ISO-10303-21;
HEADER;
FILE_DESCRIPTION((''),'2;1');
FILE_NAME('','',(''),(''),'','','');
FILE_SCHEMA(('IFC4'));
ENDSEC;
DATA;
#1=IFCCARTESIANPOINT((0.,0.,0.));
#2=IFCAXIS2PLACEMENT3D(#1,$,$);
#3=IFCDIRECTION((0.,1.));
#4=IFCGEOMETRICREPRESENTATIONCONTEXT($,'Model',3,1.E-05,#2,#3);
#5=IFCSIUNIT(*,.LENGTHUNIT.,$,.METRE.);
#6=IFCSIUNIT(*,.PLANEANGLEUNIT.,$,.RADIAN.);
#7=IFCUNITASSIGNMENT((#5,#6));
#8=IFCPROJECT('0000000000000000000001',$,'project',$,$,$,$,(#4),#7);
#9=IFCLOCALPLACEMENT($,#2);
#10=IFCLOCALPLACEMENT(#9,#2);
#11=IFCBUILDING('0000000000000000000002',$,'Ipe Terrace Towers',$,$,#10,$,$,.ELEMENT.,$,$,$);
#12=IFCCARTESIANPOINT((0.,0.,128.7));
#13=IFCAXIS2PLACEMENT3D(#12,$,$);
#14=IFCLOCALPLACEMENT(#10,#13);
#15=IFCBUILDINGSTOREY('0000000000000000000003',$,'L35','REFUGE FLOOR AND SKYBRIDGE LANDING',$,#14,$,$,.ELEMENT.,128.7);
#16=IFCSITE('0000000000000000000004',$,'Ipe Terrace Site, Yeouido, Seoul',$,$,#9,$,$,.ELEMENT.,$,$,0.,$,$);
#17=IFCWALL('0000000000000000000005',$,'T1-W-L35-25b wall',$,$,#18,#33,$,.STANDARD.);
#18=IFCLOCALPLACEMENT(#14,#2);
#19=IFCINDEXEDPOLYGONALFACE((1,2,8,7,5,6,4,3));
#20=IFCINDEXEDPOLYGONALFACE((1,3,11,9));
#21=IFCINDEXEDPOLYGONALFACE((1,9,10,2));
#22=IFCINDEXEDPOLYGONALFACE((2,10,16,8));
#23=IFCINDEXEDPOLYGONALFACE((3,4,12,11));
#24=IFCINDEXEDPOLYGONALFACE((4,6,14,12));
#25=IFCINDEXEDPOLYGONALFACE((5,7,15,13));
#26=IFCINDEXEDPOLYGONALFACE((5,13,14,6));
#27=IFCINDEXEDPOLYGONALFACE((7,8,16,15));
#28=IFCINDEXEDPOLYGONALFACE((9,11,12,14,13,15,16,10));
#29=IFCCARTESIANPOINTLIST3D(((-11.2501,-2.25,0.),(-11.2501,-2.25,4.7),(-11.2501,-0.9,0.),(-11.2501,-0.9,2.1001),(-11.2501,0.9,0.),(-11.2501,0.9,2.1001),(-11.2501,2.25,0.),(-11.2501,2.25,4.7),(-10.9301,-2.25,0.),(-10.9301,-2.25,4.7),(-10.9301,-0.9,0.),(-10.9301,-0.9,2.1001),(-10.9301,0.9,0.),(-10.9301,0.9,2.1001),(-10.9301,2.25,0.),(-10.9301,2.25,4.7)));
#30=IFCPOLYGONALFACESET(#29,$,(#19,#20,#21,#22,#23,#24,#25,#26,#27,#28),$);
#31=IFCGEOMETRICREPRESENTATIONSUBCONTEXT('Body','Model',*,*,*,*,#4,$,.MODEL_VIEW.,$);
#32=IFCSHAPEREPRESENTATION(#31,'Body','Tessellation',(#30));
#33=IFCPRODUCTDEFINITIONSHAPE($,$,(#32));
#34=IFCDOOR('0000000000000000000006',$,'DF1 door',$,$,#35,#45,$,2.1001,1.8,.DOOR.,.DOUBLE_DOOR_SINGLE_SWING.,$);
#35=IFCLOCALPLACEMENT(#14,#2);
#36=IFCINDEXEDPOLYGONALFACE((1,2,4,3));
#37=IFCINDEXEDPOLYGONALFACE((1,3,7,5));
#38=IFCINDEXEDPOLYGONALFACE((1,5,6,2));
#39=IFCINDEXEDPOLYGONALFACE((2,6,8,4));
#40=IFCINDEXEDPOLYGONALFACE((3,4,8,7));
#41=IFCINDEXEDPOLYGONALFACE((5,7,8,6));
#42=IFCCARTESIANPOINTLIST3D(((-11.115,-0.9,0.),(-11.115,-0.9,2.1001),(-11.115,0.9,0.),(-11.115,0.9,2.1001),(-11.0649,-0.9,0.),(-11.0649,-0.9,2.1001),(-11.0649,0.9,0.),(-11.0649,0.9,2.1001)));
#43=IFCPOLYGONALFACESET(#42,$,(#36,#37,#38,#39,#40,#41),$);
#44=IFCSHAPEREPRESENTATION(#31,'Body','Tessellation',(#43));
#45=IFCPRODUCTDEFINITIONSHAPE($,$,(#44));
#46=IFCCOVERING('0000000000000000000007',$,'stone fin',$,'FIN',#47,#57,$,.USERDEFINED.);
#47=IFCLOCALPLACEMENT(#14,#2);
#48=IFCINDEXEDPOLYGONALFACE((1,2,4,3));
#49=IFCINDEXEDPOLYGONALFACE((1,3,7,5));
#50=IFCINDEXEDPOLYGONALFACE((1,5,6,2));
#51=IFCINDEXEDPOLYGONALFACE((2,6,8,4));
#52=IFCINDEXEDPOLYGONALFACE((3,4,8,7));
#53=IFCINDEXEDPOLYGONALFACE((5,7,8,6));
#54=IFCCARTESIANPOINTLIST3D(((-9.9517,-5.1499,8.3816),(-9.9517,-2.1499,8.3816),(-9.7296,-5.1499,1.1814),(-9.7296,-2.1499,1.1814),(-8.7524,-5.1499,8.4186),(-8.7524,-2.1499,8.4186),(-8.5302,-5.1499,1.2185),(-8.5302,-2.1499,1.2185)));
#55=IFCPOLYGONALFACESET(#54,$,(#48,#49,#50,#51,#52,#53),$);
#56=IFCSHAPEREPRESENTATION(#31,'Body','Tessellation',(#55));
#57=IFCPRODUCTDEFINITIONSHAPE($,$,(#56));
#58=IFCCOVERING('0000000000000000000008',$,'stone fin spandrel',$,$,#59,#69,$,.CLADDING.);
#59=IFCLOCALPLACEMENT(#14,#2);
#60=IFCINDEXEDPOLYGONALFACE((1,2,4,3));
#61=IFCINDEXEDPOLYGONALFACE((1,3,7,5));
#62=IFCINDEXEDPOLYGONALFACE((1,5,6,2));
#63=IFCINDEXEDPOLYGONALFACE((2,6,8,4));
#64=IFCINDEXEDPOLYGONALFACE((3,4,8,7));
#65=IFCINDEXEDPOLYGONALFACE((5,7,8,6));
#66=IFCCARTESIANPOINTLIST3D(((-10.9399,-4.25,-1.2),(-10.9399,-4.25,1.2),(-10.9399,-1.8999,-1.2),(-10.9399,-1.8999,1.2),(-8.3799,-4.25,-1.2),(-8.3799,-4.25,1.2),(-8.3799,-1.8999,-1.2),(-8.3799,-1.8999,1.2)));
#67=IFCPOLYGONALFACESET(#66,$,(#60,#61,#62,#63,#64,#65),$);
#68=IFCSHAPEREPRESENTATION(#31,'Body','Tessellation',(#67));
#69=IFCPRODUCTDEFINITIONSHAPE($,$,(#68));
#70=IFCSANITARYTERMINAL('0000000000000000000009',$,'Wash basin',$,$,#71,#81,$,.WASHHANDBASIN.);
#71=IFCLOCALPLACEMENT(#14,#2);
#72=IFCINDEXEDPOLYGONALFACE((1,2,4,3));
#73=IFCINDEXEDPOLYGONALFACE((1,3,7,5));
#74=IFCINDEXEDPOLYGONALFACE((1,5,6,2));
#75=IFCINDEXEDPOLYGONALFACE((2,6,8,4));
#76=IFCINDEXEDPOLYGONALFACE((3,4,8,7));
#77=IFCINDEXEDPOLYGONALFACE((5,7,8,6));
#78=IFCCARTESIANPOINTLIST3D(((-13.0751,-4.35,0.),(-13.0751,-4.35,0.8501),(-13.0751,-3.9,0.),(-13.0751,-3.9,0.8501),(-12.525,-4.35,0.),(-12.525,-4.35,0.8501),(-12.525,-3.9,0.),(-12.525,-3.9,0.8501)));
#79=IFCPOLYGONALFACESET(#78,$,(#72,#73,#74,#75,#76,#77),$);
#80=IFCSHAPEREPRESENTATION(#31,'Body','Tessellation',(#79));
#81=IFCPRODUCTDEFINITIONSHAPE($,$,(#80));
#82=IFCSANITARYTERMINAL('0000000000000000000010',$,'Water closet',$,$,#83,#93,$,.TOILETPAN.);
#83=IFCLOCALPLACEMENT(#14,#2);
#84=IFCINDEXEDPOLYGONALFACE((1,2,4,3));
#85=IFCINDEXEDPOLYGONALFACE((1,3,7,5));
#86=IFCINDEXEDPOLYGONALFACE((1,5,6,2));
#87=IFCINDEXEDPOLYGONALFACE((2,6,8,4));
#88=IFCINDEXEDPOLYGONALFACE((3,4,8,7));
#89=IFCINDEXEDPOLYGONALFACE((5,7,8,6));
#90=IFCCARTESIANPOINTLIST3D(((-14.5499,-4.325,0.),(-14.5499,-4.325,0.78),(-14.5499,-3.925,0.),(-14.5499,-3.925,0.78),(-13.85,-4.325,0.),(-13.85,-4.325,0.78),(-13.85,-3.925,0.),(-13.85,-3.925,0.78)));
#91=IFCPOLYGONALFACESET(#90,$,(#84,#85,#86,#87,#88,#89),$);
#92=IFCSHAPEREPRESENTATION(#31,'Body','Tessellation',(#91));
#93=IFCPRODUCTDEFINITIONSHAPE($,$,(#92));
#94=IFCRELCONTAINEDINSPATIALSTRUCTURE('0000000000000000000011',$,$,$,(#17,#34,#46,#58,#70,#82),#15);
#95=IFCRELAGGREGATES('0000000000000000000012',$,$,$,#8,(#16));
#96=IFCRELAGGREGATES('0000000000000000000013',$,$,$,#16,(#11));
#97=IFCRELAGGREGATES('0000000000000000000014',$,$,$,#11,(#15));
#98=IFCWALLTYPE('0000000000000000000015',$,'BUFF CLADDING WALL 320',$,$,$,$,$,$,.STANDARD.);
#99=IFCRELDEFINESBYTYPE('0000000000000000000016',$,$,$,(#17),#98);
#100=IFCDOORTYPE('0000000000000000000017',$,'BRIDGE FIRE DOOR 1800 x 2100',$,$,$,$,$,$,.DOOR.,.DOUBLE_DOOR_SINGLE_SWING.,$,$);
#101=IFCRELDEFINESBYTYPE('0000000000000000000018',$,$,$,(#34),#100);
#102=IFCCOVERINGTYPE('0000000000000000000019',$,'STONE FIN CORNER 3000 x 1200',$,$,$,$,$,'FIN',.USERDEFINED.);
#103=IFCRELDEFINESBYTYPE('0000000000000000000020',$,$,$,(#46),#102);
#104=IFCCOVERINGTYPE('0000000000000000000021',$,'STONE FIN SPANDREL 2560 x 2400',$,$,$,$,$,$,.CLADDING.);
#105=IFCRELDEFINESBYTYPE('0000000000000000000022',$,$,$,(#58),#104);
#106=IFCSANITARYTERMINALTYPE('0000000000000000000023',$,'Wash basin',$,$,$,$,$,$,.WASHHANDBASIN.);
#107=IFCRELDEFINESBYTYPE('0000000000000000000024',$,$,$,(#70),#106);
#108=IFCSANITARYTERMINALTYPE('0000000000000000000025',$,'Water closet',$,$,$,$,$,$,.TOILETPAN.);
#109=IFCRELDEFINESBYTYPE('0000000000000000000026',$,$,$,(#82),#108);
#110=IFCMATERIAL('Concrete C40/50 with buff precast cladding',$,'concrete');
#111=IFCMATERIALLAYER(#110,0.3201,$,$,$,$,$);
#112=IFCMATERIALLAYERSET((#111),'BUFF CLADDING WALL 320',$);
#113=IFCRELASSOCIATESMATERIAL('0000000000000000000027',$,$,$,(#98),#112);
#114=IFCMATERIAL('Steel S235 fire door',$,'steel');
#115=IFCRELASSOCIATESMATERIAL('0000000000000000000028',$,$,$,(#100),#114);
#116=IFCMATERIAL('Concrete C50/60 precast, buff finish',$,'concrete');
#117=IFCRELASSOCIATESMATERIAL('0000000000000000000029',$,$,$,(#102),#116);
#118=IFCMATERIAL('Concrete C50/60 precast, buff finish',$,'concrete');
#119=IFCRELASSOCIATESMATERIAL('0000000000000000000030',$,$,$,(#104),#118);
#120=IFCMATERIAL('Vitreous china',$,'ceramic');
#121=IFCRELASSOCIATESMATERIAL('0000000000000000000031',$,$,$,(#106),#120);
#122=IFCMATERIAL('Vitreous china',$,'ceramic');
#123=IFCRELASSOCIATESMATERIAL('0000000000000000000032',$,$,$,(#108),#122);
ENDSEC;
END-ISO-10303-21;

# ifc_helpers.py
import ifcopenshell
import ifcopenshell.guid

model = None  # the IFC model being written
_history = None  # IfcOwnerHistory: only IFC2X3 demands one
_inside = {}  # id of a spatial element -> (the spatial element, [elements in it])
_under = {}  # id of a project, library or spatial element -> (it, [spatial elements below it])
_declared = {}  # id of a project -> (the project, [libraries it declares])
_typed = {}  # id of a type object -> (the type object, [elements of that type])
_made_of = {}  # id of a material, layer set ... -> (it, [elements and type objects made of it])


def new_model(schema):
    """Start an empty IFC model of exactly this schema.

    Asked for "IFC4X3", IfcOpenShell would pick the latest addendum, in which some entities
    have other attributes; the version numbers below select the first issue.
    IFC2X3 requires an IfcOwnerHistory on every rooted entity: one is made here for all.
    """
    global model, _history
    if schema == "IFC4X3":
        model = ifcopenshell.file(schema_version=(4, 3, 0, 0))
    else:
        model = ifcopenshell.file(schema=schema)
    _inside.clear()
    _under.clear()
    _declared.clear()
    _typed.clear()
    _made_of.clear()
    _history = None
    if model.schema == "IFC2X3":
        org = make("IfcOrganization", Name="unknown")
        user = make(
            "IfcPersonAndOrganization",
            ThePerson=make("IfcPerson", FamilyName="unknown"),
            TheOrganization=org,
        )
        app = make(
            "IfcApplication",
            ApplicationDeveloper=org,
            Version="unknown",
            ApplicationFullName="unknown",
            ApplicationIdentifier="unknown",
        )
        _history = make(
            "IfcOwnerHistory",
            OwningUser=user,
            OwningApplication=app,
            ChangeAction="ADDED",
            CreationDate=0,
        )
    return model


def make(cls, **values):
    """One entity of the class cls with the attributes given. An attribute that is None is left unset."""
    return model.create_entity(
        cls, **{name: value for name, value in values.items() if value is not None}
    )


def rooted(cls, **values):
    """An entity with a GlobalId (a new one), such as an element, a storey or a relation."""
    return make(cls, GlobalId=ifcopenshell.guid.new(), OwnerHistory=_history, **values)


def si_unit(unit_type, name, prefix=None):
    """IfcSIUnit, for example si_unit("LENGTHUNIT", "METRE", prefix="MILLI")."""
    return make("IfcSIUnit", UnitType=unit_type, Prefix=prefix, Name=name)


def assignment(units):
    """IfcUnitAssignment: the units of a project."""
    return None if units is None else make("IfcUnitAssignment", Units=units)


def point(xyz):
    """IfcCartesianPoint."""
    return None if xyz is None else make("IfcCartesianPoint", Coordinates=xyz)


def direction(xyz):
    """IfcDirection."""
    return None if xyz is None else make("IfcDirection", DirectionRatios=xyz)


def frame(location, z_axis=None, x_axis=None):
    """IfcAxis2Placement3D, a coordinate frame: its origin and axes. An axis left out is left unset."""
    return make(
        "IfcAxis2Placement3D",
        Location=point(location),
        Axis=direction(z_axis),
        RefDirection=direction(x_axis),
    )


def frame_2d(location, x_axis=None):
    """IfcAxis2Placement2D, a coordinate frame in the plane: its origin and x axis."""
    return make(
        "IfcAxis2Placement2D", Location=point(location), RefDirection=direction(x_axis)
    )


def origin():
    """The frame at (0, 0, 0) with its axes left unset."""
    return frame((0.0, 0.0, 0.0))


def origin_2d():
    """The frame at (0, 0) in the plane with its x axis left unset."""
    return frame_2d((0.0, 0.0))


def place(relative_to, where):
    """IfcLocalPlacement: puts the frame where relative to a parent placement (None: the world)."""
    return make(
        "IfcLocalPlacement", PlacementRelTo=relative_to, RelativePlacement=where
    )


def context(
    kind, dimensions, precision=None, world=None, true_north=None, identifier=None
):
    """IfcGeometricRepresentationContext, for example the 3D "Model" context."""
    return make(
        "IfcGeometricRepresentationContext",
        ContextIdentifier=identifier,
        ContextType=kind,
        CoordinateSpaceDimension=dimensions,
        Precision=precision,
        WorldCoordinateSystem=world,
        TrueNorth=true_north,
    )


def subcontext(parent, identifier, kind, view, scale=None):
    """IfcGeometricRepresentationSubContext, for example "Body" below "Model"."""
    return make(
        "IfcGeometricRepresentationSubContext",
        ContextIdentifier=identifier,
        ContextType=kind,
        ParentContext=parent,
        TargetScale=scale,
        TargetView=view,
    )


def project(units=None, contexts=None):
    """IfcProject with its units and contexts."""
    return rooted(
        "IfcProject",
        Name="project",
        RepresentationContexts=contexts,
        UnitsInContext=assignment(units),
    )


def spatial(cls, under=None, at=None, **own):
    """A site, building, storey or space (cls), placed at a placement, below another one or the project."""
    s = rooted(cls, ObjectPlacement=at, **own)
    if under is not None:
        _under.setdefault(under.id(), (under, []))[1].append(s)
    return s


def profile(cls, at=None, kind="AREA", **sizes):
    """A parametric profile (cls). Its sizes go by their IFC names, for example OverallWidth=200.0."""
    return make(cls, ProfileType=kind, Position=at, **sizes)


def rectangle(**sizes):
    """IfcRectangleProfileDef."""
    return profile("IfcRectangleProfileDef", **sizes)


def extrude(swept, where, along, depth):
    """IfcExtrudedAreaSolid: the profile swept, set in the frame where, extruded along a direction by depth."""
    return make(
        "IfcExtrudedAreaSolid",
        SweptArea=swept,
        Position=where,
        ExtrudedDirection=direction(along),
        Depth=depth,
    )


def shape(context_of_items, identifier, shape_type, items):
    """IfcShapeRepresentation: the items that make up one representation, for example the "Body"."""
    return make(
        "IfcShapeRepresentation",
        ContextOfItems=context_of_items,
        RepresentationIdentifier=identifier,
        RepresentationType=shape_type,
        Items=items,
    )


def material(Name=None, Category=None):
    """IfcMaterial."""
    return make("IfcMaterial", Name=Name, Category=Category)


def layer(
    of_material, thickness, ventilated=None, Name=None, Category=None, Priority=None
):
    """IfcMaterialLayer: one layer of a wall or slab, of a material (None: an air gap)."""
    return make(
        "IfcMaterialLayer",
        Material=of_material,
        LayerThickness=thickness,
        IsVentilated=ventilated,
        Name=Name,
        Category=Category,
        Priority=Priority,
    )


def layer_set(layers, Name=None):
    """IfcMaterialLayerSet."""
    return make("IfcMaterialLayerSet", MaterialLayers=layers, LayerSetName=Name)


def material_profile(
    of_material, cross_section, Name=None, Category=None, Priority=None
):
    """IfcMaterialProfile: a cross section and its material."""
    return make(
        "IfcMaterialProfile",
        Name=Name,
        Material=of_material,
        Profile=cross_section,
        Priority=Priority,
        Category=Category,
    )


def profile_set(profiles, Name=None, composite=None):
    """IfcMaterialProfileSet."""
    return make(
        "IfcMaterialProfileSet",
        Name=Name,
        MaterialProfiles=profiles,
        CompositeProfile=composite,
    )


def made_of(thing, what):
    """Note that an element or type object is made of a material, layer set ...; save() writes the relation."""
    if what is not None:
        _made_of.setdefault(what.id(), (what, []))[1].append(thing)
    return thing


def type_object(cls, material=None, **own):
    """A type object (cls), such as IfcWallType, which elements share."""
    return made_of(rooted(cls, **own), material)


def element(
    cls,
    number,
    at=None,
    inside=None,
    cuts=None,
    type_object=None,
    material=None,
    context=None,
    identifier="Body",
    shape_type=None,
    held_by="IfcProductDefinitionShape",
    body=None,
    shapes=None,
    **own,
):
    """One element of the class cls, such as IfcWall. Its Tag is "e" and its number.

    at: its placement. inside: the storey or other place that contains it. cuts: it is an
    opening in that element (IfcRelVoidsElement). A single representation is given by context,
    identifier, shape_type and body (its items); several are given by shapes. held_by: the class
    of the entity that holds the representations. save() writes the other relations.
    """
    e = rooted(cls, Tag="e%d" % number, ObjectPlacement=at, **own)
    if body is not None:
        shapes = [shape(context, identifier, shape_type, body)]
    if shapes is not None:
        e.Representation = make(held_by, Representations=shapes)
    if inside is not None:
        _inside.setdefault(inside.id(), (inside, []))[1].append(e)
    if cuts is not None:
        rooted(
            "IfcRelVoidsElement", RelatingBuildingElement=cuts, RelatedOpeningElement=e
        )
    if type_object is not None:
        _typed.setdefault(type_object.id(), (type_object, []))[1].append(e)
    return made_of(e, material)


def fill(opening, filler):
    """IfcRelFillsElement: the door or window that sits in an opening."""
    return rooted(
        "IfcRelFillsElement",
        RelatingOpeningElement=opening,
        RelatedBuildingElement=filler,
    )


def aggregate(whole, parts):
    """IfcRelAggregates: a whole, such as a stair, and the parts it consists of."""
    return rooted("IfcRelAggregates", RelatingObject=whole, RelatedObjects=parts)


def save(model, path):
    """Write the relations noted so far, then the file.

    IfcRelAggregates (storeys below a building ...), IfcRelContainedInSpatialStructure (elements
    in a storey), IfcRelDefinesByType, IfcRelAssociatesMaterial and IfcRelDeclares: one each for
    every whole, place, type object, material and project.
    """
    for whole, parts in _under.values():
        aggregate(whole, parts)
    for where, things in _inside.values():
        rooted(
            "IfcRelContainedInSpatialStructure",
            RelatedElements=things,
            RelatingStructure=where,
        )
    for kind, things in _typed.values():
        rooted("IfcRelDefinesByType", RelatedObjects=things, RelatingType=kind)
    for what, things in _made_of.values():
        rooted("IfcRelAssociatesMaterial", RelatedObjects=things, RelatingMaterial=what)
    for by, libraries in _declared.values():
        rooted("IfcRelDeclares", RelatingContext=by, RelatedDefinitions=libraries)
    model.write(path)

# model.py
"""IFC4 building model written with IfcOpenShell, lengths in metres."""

from ifc_helpers import new_model, si_unit, direction, frame, frame_2d, origin, origin_2d, place, context, subcontext, project, spatial, rectangle, extrude, material, layer, layer_set, material_profile, profile_set, type_object, element, fill, save


model = new_model("IFC4")

# Units and contexts
model_context = context("Model", 3, precision=1e-05, world=origin(), true_north=direction((0.0, 1.0)))
body_context = subcontext(model_context, "Body", "Model", "MODEL_VIEW")
ifc_project = project(units=[si_unit("LENGTHUNIT", "METRE"), si_unit("PLANEANGLEUNIT", "RADIAN")], contexts=[model_context])

# Site, building, storey
site_placement = place(None, origin())
site = spatial("IfcSite", under=ifc_project, at=site_placement, Name="Ipe Terrace Site, Yeouido, Seoul", CompositionType="ELEMENT", RefElevation=0.0)
building_placement = place(site_placement, origin())
building = spatial("IfcBuilding", under=site, at=building_placement, Name="Ipe Terrace Towers", CompositionType="ELEMENT")
storey_placement = place(building_placement, frame((0.0, 0.0, 128.7)))
storey = spatial("IfcBuildingStorey", under=building, at=storey_placement, Name="L35", Description="REFUGE FLOOR AND SKYBRIDGE LANDING", CompositionType="ELEMENT", Elevation=128.7)

# Shared definitions
ifc_material_1 = material(Name="Concrete C40/50 with buff precast cladding", Category="concrete")
ifc_layer_1 = layer(ifc_material_1, 0.3201)
ifc_layer_set_1 = layer_set([ifc_layer_1], Name="BUFF CLADDING WALL 320")
wall_type = type_object("IfcWallType", Name="BUFF CLADDING WALL 320", PredefinedType="STANDARD", material=ifc_layer_set_1)

# Wall, opening, door
wall_1_placement = place(storey_placement, frame((-11.0901, -2.25, 0.0), z_axis=(0.0, 0.0, 1.0), x_axis=(0.0, 1.0, 0.0)))
wall_1 = element("IfcWall", 1, at=wall_1_placement, inside=storey, type_object=wall_type, Name="T1-W-L35-25b wall", PredefinedType="STANDARD", context=body_context, shape_type="SweptSolid", body=[
    extrude(rectangle(XDim=4.5, YDim=0.3201, at=frame_2d((2.25, 0.0))), origin(), (0.0, 0.0, 1.0), 4.7),
])
opening_placement = place(wall_1_placement, frame((1.3501, 0.0, 0.0)))
opening = element("IfcOpeningElement", 2, at=opening_placement, cuts=wall_1, PredefinedType="OPENING", context=body_context, shape_type="SweptSolid", body=[
    extrude(rectangle(XDim=1.8, YDim=2.1001, at=frame_2d((0.8999, 1.05))), frame((0.0, 0.1699, 0.0), z_axis=(0.0, -1.0, 0.0), x_axis=(1.0, 0.0, 0.0)), (0.0, 0.0, 1.0), 0.3401),
])
ifc_material_2 = material(Name="Steel S235 fire door", Category="steel")
door_type = type_object("IfcDoorType", Name="BRIDGE FIRE DOOR 1800 x 2100", OperationType="DOUBLE_DOOR_SINGLE_SWING", PredefinedType="DOOR", material=ifc_material_2)
door_placement = place(opening_placement, origin())
door = element("IfcDoor", 3, at=door_placement, inside=storey, type_object=door_type, Name="DF1 door", OperationType="DOUBLE_DOOR_SINGLE_SWING", OverallHeight=2.1001, OverallWidth=1.8, PredefinedType="DOOR", context=body_context, shape_type="SweptSolid", body=[
    extrude(rectangle(XDim=1.8, YDim=2.1001, at=frame_2d((0.8999, 1.05))), frame((0.0, 0.0249, 0.0), z_axis=(0.0, -1.0, 0.0), x_axis=(1.0, 0.0, 0.0)), (0.0, 0.0, 1.0), 0.05),
])
fill(opening, door)

# Coverings
ifc_material_3 = material(Name="Concrete C50/60 precast, buff finish", Category="concrete")
ifc_material_profile_1 = material_profile(ifc_material_3, rectangle(XDim=3.0, YDim=1.2, at=origin_2d()), Name="STONE FIN CORNER 3000 x 1200")
ifc_profile_set_1 = profile_set([ifc_material_profile_1], Name="Concrete C50/60 precast, buff finish")
covering_type_1 = type_object("IfcCoveringType", Name="STONE FIN CORNER 3000 x 1200", ElementType="FIN", PredefinedType="USERDEFINED", material=ifc_profile_set_1)
covering_1_placement = place(storey_placement, frame((-9.1299, -3.6499, 1.2), z_axis=(-0.030841, 0.0, 0.999524), x_axis=(0.0, 1.0, 0.0)))
element("IfcCovering", 4, at=covering_1_placement, inside=storey, type_object=covering_type_1, Name="stone fin", ObjectType="FIN", PredefinedType="USERDEFINED", context=body_context, shape_type="SweptSolid", body=[
    extrude(rectangle(XDim=3.0, YDim=1.2, at=origin_2d()), origin(), (0.0, 0.0, 1.0), 7.2036),
])
ifc_material_4 = material(Name="Concrete C50/60 precast, buff finish", Category="concrete")
ifc_material_profile_2 = material_profile(ifc_material_4, rectangle(XDim=2.5601, YDim=2.3999, at=origin_2d()), Name="STONE FIN SPANDREL 2560 x 2400")
ifc_profile_set_2 = profile_set([ifc_material_profile_2], Name="Concrete C50/60 precast, buff finish")
covering_type_2 = type_object("IfcCoveringType", Name="STONE FIN SPANDREL 2560 x 2400", PredefinedType="CLADDING", material=ifc_profile_set_2)
covering_2_placement = place(storey_placement, frame((-9.6599, -4.25, 0.0), z_axis=(0.0, 1.0, 0.0), x_axis=(1.0, 0.0, 0.0)))
element("IfcCovering", 5, at=covering_2_placement, inside=storey, type_object=covering_type_2, Name="stone fin spandrel", PredefinedType="CLADDING", context=body_context, shape_type="SweptSolid", body=[
    extrude(rectangle(XDim=2.5601, YDim=2.3999, at=origin_2d()), origin(), (0.0, 0.0, 1.0), 2.3501),
])

# Sanitary terminals
ifc_material_5 = material(Name="Vitreous china", Category="ceramic")
sanitary_terminal_type_1 = type_object("IfcSanitaryTerminalType", Name="Wash basin", PredefinedType="WASHHANDBASIN", material=ifc_material_5)
sanitary_terminal_1_placement = place(storey_placement, frame((-12.8, -4.125, 0.0), z_axis=(0.0, 0.0, 1.0), x_axis=(1.0, 0.0, 0.0)))
element("IfcSanitaryTerminal", 6, at=sanitary_terminal_1_placement, inside=storey, type_object=sanitary_terminal_type_1, Name="Wash basin", PredefinedType="WASHHANDBASIN", context=body_context, shape_type="SweptSolid", body=[
    extrude(rectangle(XDim=0.55, YDim=0.45, at=origin_2d()), origin(), (0.0, 0.0, 1.0), 0.8501),
])
ifc_material_6 = material(Name="Vitreous china", Category="ceramic")
sanitary_terminal_type_2 = type_object("IfcSanitaryTerminalType", Name="Water closet", PredefinedType="TOILETPAN", material=ifc_material_6)
sanitary_terminal_2_placement = place(storey_placement, frame((-14.2, -4.125, 0.0), z_axis=(0.0, 0.0, 1.0), x_axis=(1.0, 0.0, 0.0)))
element("IfcSanitaryTerminal", 7, at=sanitary_terminal_2_placement, inside=storey, type_object=sanitary_terminal_type_2, Name="Water closet", PredefinedType="TOILETPAN", context=body_context, shape_type="SweptSolid", body=[
    extrude(rectangle(XDim=0.7, YDim=0.3999, at=origin_2d()), origin(), (0.0, 0.0, 1.0), 0.78),
])

save(model, "model.ifc")
